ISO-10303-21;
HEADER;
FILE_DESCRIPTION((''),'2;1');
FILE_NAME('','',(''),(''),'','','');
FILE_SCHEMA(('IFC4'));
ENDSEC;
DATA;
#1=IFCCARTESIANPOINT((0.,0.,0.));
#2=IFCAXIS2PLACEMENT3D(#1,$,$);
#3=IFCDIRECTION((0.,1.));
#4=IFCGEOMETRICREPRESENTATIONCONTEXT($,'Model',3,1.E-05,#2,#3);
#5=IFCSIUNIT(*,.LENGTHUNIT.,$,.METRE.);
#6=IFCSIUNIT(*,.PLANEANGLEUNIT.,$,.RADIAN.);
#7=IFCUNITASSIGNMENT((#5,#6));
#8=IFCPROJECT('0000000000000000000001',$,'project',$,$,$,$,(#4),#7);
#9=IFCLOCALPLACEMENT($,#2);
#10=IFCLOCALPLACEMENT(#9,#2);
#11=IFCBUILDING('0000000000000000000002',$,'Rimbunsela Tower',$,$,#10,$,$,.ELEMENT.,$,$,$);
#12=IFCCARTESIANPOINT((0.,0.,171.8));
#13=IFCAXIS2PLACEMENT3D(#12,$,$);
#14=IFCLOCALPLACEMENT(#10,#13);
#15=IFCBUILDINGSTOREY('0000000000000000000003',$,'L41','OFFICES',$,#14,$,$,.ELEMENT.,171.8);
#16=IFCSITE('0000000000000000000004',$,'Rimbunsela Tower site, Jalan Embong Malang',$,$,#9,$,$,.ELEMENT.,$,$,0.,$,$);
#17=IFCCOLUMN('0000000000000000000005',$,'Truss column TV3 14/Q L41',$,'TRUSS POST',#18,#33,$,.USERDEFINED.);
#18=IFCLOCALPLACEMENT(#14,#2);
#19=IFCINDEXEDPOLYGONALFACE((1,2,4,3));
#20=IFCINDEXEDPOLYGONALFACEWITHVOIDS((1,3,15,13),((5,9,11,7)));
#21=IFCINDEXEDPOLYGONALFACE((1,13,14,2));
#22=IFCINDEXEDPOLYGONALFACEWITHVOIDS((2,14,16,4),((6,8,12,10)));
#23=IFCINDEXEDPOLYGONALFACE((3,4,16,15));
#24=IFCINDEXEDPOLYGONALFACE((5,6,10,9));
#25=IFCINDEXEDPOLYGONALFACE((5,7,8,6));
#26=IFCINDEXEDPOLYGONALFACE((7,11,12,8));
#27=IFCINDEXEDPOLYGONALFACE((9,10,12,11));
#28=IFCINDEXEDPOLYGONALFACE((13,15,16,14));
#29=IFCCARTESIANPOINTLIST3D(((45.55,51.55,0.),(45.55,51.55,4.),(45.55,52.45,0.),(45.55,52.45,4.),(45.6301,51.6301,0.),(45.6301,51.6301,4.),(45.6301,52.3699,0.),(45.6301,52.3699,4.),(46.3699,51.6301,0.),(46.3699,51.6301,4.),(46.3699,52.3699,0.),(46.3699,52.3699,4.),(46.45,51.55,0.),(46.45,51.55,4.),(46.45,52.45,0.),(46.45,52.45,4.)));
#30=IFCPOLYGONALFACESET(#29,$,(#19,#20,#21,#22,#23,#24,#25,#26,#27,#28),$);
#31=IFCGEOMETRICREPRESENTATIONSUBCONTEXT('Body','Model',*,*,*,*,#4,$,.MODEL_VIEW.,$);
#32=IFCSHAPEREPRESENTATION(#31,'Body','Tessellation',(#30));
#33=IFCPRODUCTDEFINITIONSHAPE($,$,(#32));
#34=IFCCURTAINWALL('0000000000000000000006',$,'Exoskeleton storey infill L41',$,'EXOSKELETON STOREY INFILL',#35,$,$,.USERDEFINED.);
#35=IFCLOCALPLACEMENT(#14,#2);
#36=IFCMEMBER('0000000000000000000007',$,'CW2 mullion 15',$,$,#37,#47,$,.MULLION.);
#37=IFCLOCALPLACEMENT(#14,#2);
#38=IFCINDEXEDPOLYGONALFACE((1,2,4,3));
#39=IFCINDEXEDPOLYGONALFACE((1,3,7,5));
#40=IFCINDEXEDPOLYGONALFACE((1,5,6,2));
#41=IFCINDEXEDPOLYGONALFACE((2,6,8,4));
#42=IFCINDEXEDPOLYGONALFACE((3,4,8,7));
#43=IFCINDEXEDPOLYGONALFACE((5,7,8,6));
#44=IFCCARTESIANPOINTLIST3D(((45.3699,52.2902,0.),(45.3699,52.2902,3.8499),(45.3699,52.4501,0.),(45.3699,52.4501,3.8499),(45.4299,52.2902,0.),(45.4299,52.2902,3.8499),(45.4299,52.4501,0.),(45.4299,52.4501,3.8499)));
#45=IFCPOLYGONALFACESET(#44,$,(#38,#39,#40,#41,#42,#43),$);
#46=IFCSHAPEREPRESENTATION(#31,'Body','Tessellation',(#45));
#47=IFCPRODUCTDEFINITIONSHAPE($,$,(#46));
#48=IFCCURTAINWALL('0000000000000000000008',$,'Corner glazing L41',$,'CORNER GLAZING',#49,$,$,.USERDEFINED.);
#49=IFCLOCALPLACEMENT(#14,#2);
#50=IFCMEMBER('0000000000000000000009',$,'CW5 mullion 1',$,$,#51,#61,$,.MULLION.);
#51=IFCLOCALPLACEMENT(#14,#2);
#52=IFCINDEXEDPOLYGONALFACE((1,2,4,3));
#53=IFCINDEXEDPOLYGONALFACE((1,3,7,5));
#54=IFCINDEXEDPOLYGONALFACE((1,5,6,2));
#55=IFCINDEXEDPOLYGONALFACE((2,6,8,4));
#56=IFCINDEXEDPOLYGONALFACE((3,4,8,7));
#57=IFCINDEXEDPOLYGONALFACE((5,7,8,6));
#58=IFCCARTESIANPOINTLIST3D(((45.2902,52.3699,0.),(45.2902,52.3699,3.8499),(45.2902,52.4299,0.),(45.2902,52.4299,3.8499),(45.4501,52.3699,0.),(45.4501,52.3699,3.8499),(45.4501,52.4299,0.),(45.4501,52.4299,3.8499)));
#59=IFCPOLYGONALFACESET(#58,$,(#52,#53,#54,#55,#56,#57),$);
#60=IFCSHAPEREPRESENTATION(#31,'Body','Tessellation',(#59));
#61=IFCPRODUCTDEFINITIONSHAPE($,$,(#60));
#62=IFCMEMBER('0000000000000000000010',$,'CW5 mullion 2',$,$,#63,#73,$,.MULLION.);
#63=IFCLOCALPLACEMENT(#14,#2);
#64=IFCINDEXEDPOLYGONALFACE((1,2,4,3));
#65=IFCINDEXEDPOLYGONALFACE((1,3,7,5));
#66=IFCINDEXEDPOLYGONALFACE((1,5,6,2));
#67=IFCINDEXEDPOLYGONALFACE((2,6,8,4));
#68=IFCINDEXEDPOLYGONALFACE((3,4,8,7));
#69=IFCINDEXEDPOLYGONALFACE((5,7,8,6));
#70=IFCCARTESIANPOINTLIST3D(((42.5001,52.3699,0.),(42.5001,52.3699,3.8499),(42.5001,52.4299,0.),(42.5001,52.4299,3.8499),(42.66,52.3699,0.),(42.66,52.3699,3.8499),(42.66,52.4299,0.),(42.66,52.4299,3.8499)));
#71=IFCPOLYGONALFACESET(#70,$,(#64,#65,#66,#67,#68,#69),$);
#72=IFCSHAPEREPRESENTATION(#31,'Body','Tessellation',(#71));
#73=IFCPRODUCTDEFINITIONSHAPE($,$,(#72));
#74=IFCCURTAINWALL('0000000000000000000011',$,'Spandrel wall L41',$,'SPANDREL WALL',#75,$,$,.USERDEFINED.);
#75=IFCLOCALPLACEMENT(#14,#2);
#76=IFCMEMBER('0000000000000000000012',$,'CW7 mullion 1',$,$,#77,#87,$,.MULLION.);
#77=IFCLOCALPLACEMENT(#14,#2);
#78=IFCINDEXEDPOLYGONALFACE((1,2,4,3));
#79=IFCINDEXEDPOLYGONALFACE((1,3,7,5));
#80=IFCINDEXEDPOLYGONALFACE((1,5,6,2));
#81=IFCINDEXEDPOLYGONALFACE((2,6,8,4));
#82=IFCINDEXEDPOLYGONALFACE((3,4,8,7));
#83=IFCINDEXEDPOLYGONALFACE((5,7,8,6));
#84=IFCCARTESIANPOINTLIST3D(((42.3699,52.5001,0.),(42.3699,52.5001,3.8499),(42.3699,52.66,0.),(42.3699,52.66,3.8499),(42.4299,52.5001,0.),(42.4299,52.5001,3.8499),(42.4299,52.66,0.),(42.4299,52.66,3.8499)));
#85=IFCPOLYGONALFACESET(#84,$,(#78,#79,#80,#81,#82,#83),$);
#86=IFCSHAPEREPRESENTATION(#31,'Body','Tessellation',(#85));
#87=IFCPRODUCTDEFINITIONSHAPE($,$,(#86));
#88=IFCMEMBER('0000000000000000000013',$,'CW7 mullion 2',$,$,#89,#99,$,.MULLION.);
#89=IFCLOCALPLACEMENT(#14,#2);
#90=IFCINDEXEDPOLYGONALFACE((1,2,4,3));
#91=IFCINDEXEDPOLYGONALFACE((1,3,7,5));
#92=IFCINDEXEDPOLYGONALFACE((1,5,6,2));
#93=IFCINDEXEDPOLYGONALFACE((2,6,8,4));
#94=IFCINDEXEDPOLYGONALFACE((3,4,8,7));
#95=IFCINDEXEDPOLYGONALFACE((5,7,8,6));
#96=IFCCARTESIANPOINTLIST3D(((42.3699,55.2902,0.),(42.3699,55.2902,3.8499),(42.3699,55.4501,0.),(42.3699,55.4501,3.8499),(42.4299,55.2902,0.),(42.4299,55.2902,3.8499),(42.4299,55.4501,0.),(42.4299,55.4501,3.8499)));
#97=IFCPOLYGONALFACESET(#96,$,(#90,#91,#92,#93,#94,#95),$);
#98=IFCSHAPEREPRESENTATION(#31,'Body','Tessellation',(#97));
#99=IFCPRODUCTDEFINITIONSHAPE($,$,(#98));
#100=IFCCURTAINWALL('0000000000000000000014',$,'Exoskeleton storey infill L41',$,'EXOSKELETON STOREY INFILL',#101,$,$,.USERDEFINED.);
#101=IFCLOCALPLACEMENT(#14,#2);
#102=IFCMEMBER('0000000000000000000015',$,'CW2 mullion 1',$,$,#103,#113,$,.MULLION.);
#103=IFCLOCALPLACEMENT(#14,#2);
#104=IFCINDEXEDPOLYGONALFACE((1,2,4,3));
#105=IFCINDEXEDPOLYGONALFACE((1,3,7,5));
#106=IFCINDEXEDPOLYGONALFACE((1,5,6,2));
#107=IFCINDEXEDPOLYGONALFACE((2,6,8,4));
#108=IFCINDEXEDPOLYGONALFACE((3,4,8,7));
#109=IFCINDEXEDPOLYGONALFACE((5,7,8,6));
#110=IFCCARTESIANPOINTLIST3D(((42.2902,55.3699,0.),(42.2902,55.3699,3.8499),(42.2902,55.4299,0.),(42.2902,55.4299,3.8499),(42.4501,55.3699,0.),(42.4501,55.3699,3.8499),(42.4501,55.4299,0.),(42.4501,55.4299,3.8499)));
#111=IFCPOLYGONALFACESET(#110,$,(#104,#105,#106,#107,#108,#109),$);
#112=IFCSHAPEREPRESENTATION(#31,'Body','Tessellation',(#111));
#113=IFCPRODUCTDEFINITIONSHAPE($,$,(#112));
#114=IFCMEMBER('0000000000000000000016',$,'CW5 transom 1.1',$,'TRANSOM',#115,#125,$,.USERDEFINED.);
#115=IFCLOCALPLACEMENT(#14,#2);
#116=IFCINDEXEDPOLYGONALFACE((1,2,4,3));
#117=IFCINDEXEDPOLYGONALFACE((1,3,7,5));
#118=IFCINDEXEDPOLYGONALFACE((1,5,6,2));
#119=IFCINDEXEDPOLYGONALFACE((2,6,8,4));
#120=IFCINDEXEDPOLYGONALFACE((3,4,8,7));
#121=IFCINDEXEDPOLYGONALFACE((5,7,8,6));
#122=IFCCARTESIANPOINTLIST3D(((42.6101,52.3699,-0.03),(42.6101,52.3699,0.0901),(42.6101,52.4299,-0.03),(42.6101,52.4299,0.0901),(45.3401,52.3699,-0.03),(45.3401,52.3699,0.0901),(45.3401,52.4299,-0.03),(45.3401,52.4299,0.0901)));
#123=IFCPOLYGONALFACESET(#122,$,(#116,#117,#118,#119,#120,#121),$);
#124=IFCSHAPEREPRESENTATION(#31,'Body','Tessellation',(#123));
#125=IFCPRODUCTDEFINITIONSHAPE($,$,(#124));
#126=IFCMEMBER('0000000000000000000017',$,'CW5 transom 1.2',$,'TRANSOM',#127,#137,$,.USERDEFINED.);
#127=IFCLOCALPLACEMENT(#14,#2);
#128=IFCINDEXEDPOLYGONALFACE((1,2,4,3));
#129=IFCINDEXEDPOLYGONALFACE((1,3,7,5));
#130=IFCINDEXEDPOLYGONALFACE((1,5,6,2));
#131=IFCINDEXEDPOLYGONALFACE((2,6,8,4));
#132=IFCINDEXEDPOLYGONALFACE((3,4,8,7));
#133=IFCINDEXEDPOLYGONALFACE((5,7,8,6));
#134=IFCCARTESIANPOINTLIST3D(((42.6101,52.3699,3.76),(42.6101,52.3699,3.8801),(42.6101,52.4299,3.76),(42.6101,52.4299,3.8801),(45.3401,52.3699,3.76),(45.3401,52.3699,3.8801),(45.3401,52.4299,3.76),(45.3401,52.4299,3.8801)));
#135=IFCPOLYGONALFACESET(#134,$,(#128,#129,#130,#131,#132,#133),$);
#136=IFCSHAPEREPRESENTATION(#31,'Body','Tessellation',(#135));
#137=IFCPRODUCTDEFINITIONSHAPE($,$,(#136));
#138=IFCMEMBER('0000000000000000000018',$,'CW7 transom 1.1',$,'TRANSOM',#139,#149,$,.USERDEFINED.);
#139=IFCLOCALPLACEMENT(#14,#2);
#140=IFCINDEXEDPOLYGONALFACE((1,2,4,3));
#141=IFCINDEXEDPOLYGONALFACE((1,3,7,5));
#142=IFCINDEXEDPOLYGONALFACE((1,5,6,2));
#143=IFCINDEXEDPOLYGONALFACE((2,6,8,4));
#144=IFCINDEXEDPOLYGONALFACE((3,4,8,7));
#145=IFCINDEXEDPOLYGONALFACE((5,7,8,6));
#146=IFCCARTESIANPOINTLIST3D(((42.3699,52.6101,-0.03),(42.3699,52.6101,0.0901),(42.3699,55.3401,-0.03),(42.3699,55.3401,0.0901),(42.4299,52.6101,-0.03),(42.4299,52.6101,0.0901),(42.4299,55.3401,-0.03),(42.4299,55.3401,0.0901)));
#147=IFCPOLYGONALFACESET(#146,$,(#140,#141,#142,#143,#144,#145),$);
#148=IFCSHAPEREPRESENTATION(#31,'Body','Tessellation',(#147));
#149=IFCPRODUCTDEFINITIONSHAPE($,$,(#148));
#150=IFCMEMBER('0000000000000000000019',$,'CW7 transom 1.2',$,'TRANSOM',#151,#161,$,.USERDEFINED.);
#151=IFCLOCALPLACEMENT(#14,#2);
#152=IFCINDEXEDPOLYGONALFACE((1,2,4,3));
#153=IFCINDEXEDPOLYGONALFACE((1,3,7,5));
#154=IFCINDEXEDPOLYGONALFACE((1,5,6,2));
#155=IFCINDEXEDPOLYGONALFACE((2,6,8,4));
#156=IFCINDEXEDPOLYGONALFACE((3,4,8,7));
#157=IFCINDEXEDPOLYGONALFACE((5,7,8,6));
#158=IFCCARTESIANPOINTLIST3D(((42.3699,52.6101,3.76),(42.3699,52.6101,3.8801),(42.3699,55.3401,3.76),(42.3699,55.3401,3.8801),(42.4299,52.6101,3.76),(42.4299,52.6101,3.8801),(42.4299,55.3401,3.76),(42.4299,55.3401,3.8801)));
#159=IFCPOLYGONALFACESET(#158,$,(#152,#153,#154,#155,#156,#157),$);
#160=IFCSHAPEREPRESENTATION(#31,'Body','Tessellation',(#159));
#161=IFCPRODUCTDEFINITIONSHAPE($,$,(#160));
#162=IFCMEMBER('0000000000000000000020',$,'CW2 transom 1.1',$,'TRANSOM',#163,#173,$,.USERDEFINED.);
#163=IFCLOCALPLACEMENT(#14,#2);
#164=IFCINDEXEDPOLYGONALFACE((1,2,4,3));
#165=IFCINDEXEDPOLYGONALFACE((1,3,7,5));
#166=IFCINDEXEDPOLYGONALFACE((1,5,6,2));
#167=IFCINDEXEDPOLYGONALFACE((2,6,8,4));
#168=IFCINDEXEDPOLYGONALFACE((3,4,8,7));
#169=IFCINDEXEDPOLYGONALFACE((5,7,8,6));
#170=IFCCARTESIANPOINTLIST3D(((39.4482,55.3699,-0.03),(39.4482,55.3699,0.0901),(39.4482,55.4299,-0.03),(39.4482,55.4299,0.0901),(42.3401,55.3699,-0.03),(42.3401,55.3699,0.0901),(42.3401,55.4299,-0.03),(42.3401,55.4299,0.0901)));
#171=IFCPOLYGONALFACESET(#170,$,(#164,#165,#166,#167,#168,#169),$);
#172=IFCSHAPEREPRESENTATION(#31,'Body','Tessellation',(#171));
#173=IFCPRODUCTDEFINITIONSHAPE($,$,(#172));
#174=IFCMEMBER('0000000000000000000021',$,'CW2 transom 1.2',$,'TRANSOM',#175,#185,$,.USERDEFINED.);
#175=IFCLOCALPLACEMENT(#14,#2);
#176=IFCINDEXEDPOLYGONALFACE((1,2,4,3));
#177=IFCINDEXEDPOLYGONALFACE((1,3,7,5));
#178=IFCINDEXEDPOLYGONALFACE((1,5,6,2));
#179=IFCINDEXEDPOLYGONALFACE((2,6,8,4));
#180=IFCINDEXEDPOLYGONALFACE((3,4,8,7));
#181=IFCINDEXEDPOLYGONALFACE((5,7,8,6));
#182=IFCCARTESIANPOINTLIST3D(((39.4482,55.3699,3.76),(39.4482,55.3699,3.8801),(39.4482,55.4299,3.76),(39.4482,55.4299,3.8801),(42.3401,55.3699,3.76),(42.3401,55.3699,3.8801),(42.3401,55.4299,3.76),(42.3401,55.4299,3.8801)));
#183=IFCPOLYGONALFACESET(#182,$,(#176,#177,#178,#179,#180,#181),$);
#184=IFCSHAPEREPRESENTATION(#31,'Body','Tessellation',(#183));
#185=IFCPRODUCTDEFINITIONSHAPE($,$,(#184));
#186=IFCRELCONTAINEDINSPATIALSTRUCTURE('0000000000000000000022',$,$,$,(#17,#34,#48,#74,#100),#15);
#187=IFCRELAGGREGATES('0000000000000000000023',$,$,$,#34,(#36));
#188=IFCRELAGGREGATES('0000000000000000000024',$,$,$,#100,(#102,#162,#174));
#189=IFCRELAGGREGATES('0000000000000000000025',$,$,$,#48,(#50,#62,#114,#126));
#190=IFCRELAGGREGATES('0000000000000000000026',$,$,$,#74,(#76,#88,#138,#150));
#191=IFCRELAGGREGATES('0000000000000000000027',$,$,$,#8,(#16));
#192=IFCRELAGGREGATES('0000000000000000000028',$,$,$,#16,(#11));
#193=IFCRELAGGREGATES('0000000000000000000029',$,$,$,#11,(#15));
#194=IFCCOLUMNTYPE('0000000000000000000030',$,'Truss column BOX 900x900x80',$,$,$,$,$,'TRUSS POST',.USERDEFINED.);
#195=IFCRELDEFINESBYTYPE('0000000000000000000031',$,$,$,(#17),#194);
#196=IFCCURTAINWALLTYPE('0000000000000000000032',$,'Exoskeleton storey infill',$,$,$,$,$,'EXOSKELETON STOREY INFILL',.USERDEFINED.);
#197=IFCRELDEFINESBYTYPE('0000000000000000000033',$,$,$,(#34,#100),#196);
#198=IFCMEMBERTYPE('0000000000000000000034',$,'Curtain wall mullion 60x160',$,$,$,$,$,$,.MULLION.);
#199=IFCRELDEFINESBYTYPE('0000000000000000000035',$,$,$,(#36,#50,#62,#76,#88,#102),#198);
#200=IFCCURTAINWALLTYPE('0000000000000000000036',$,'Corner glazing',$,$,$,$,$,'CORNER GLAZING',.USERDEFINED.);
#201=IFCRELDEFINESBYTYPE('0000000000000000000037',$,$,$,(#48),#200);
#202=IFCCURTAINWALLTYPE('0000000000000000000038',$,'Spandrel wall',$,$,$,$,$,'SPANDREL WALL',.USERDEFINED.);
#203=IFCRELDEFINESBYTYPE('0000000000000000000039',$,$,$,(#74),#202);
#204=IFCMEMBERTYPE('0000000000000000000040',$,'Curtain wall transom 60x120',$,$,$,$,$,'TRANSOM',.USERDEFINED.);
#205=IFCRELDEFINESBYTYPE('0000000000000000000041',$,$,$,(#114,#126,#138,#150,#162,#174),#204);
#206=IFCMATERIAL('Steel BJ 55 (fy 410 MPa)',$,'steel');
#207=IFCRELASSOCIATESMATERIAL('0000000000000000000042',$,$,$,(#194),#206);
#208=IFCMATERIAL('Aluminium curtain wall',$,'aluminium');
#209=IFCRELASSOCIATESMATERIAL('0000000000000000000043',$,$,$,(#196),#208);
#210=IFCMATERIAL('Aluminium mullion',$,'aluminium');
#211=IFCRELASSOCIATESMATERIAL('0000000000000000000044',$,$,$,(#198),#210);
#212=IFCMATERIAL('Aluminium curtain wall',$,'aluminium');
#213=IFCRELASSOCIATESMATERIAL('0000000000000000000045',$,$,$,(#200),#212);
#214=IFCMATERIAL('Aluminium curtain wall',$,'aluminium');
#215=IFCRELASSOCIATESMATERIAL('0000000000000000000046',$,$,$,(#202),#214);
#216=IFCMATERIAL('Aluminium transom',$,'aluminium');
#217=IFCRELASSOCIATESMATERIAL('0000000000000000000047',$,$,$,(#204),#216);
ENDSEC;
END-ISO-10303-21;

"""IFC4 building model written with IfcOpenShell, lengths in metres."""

from ifc_helpers import new_model, si_unit, direction, frame, origin, origin_2d, place, context, subcontext, project, spatial, rectangle, hollow_rectangle, extrude, material, material_profile, profile_set, type_object, element, aggregate, save


model = new_model("IFC4")

# Units and contexts
model_context = context("Model", 3, precision=1e-05, world=origin(), true_north=direction((0.0, 1.0)))
body_context = subcontext(model_context, "Body", "Model", "MODEL_VIEW")
ifc_project = project(units=[si_unit("LENGTHUNIT", "METRE"), si_unit("PLANEANGLEUNIT", "RADIAN")], contexts=[model_context])

# Site, building, storey
site_placement = place(None, origin())
site = spatial("IfcSite", under=ifc_project, at=site_placement, Name="Rimbunsela Tower site, Jalan Embong Malang", CompositionType="ELEMENT", RefElevation=0.0)
building_placement = place(site_placement, origin())
building = spatial("IfcBuilding", under=site, at=building_placement, Name="Rimbunsela Tower", CompositionType="ELEMENT")
storey_placement = place(building_placement, frame((0.0, 0.0, 171.8)))
storey = spatial("IfcBuildingStorey", under=building, at=storey_placement, Name="L41", Description="OFFICES", CompositionType="ELEMENT", Elevation=171.8)

# Column
ifc_material_1 = material(Name="Steel BJ 55 (fy 410 MPa)", Category="steel")
ifc_material_profile_1 = material_profile(ifc_material_1, hollow_rectangle(XDim=0.8999, YDim=0.8999, WallThickness=0.0801, at=origin_2d()), Name="BOX 900x900x80")
ifc_profile_set_1 = profile_set([ifc_material_profile_1], Name="Steel BJ 55 (fy 410 MPa)")
column_type = type_object("IfcColumnType", Name="Truss column BOX 900x900x80", ElementType="TRUSS POST", PredefinedType="USERDEFINED", material=ifc_profile_set_1)
column_placement = place(storey_placement, frame((46.0, 52.0, 0.0), z_axis=(0.0, 0.0, 1.0), x_axis=(1.0, 0.0, 0.0)))
element("IfcColumn", 1, at=column_placement, inside=storey, type_object=column_type, Name="Truss column TV3 14/Q L41", ObjectType="TRUSS POST", PredefinedType="USERDEFINED", context=body_context, shape_type="SweptSolid", body=[
    extrude(hollow_rectangle(XDim=0.8999, YDim=0.8999, WallThickness=0.0801, at=origin_2d()), origin(), (0.0, 0.0, 1.0), 4.0),
])

# Curtain wall, member
ifc_material_2 = material(Name="Aluminium curtain wall", Category="aluminium")
curtain_wall_type_1 = type_object("IfcCurtainWallType", Name="Exoskeleton storey infill", ElementType="EXOSKELETON STOREY INFILL", PredefinedType="USERDEFINED", material=ifc_material_2)
curtain_wall_1_placement = place(storey_placement, origin())
curtain_wall_1 = element("IfcCurtainWall", 2, at=curtain_wall_1_placement, inside=storey, type_object=curtain_wall_type_1, Name="Exoskeleton storey infill L41", ObjectType="EXOSKELETON STOREY INFILL", PredefinedType="USERDEFINED")
ifc_material_3 = material(Name="Aluminium mullion", Category="aluminium")
ifc_material_profile_2 = material_profile(ifc_material_3, rectangle(XDim=0.0601, YDim=0.1599, at=origin_2d()), Name="Mullion 60x160")
ifc_profile_set_2 = profile_set([ifc_material_profile_2], Name="Aluminium mullion")
member_type_1 = type_object("IfcMemberType", Name="Curtain wall mullion 60x160", PredefinedType="MULLION", material=ifc_profile_set_2)
member_1_placement = place(storey_placement, frame((45.3999, 52.3701, 0.0), z_axis=(0.0, 0.0, 1.0), x_axis=(-1.0, 0.0, 0.0)))
member_1 = element("IfcMember", 3, at=member_1_placement, type_object=member_type_1, Name="CW2 mullion 15", PredefinedType="MULLION", context=body_context, shape_type="SweptSolid", body=[
    extrude(rectangle(XDim=0.0601, YDim=0.1599, at=origin_2d()), origin(), (0.0, 0.0, 1.0), 3.8499),
])
aggregate(curtain_wall_1, [member_1])

# Curtain walls, members
ifc_material_4 = material(Name="Aluminium curtain wall", Category="aluminium")
curtain_wall_type_2 = type_object("IfcCurtainWallType", Name="Corner glazing", ElementType="CORNER GLAZING", PredefinedType="USERDEFINED", material=ifc_material_4)
curtain_wall_2_placement = place(storey_placement, origin())
curtain_wall_2 = element("IfcCurtainWall", 4, at=curtain_wall_2_placement, inside=storey, type_object=curtain_wall_type_2, Name="Corner glazing L41", ObjectType="CORNER GLAZING", PredefinedType="USERDEFINED")
member_2_placement = place(storey_placement, frame((45.3701, 52.3999, 0.0), z_axis=(0.0, 0.0, 1.0), x_axis=(0.0, -1.0, 0.0)))
member_2 = element("IfcMember", 5, at=member_2_placement, type_object=member_type_1, Name="CW5 mullion 1", PredefinedType="MULLION", context=body_context, shape_type="SweptSolid", body=[
    extrude(rectangle(XDim=0.0601, YDim=0.1599, at=origin_2d()), origin(), (0.0, 0.0, 1.0), 3.8499),
])
member_3_placement = place(storey_placement, frame((42.5801, 52.3999, 0.0), z_axis=(0.0, 0.0, 1.0), x_axis=(0.0, -1.0, 0.0)))
member_3 = element("IfcMember", 6, at=member_3_placement, type_object=member_type_1, Name="CW5 mullion 2", PredefinedType="MULLION", context=body_context, shape_type="SweptSolid", body=[
    extrude(rectangle(XDim=0.0601, YDim=0.1599, at=origin_2d()), origin(), (0.0, 0.0, 1.0), 3.8499),
])
ifc_material_5 = material(Name="Aluminium curtain wall", Category="aluminium")
curtain_wall_type_3 = type_object("IfcCurtainWallType", Name="Spandrel wall", ElementType="SPANDREL WALL", PredefinedType="USERDEFINED", material=ifc_material_5)
curtain_wall_3_placement = place(storey_placement, origin())
curtain_wall_3 = element("IfcCurtainWall", 7, at=curtain_wall_3_placement, inside=storey, type_object=curtain_wall_type_3, Name="Spandrel wall L41", ObjectType="SPANDREL WALL", PredefinedType="USERDEFINED")
member_4_placement = place(storey_placement, frame((42.3999, 52.5801, 0.0), z_axis=(0.0, 0.0, 1.0), x_axis=(-1.0, 0.0, 0.0)))
member_4 = element("IfcMember", 8, at=member_4_placement, type_object=member_type_1, Name="CW7 mullion 1", PredefinedType="MULLION", context=body_context, shape_type="SweptSolid", body=[
    extrude(rectangle(XDim=0.0601, YDim=0.1599, at=origin_2d()), origin(), (0.0, 0.0, 1.0), 3.8499),
])
member_5_placement = place(storey_placement, frame((42.3999, 55.3701, 0.0), z_axis=(0.0, 0.0, 1.0), x_axis=(-1.0, 0.0, 0.0)))
member_5 = element("IfcMember", 9, at=member_5_placement, type_object=member_type_1, Name="CW7 mullion 2", PredefinedType="MULLION", context=body_context, shape_type="SweptSolid", body=[
    extrude(rectangle(XDim=0.0601, YDim=0.1599, at=origin_2d()), origin(), (0.0, 0.0, 1.0), 3.8499),
])

# Curtain wall, member
curtain_wall_4_placement = place(storey_placement, origin())
curtain_wall_4 = element("IfcCurtainWall", 10, at=curtain_wall_4_placement, inside=storey, type_object=curtain_wall_type_1, Name="Exoskeleton storey infill L41", ObjectType="EXOSKELETON STOREY INFILL", PredefinedType="USERDEFINED")
member_6_placement = place(storey_placement, frame((42.3701, 55.3999, 0.0), z_axis=(0.0, 0.0, 1.0), x_axis=(0.0, -1.0, 0.0)))
member_6 = element("IfcMember", 11, at=member_6_placement, type_object=member_type_1, Name="CW2 mullion 1", PredefinedType="MULLION", context=body_context, shape_type="SweptSolid", body=[
    extrude(rectangle(XDim=0.0601, YDim=0.1599, at=origin_2d()), origin(), (0.0, 0.0, 1.0), 3.8499),
])

# Members
ifc_material_6 = material(Name="Aluminium transom", Category="aluminium")
ifc_material_profile_3 = material_profile(ifc_material_6, rectangle(XDim=0.0601, YDim=0.1201, at=origin_2d()), Name="Transom 60x120")
ifc_profile_set_3 = profile_set([ifc_material_profile_3], Name="Aluminium transom")
member_type_2 = type_object("IfcMemberType", Name="Curtain wall transom 60x120", ElementType="TRANSOM", PredefinedType="USERDEFINED", material=ifc_profile_set_3)
member_7_placement = place(storey_placement, frame((45.3401, 52.3999, 0.03), z_axis=(-1.0, 0.0, 0.0), x_axis=(0.0, -1.0, 0.0)))
member_7 = element("IfcMember", 12, at=member_7_placement, type_object=member_type_2, Name="CW5 transom 1.1", ObjectType="TRANSOM", PredefinedType="USERDEFINED", context=body_context, shape_type="SweptSolid", body=[
    extrude(rectangle(XDim=0.0601, YDim=0.1201, at=origin_2d()), origin(), (0.0, 0.0, 1.0), 2.73),
])
member_8_placement = place(storey_placement, frame((45.3401, 52.3999, 3.8201), z_axis=(-1.0, 0.0, 0.0), x_axis=(0.0, -1.0, 0.0)))
member_8 = element("IfcMember", 13, at=member_8_placement, type_object=member_type_2, Name="CW5 transom 1.2", ObjectType="TRANSOM", PredefinedType="USERDEFINED", context=body_context, shape_type="SweptSolid", body=[
    extrude(rectangle(XDim=0.0601, YDim=0.1201, at=origin_2d()), origin(), (0.0, 0.0, 1.0), 2.73),
])
member_9_placement = place(storey_placement, frame((42.3999, 52.6101, 0.03), z_axis=(0.0, 1.0, 0.0), x_axis=(-1.0, 0.0, 0.0)))
member_9 = element("IfcMember", 14, at=member_9_placement, type_object=member_type_2, Name="CW7 transom 1.1", ObjectType="TRANSOM", PredefinedType="USERDEFINED", context=body_context, shape_type="SweptSolid", body=[
    extrude(rectangle(XDim=0.0601, YDim=0.1201, at=origin_2d()), origin(), (0.0, 0.0, 1.0), 2.73),
])
member_10_placement = place(storey_placement, frame((42.3999, 52.6101, 3.8201), z_axis=(0.0, 1.0, 0.0), x_axis=(-1.0, 0.0, 0.0)))
member_10 = element("IfcMember", 15, at=member_10_placement, type_object=member_type_2, Name="CW7 transom 1.2", ObjectType="TRANSOM", PredefinedType="USERDEFINED", context=body_context, shape_type="SweptSolid", body=[
    extrude(rectangle(XDim=0.0601, YDim=0.1201, at=origin_2d()), origin(), (0.0, 0.0, 1.0), 2.73),
])
member_11_placement = place(storey_placement, frame((42.3401, 55.3999, 0.03), z_axis=(-1.0, 0.0, 0.0), x_axis=(0.0, -1.0, 0.0)))
member_11 = element("IfcMember", 16, at=member_11_placement, type_object=member_type_2, Name="CW2 transom 1.1", ObjectType="TRANSOM", PredefinedType="USERDEFINED", context=body_context, shape_type="SweptSolid", body=[
    extrude(rectangle(XDim=0.0601, YDim=0.1201, at=origin_2d()), origin(), (0.0, 0.0, 1.0), 2.8918),
])
member_12_placement = place(storey_placement, frame((42.3401, 55.3999, 3.8201), z_axis=(-1.0, 0.0, 0.0), x_axis=(0.0, -1.0, 0.0)))
member_12 = element("IfcMember", 17, at=member_12_placement, type_object=member_type_2, Name="CW2 transom 1.2", ObjectType="TRANSOM", PredefinedType="USERDEFINED", context=body_context, shape_type="SweptSolid", body=[
    extrude(rectangle(XDim=0.0601, YDim=0.1201, at=origin_2d()), origin(), (0.0, 0.0, 1.0), 2.8918),
])
aggregate(curtain_wall_4, [member_6, member_11, member_12])

aggregate(curtain_wall_2, [member_2, member_3, member_7, member_8])
aggregate(curtain_wall_3, [member_4, member_5, member_9, member_10])

save(model, "model.ifc")
